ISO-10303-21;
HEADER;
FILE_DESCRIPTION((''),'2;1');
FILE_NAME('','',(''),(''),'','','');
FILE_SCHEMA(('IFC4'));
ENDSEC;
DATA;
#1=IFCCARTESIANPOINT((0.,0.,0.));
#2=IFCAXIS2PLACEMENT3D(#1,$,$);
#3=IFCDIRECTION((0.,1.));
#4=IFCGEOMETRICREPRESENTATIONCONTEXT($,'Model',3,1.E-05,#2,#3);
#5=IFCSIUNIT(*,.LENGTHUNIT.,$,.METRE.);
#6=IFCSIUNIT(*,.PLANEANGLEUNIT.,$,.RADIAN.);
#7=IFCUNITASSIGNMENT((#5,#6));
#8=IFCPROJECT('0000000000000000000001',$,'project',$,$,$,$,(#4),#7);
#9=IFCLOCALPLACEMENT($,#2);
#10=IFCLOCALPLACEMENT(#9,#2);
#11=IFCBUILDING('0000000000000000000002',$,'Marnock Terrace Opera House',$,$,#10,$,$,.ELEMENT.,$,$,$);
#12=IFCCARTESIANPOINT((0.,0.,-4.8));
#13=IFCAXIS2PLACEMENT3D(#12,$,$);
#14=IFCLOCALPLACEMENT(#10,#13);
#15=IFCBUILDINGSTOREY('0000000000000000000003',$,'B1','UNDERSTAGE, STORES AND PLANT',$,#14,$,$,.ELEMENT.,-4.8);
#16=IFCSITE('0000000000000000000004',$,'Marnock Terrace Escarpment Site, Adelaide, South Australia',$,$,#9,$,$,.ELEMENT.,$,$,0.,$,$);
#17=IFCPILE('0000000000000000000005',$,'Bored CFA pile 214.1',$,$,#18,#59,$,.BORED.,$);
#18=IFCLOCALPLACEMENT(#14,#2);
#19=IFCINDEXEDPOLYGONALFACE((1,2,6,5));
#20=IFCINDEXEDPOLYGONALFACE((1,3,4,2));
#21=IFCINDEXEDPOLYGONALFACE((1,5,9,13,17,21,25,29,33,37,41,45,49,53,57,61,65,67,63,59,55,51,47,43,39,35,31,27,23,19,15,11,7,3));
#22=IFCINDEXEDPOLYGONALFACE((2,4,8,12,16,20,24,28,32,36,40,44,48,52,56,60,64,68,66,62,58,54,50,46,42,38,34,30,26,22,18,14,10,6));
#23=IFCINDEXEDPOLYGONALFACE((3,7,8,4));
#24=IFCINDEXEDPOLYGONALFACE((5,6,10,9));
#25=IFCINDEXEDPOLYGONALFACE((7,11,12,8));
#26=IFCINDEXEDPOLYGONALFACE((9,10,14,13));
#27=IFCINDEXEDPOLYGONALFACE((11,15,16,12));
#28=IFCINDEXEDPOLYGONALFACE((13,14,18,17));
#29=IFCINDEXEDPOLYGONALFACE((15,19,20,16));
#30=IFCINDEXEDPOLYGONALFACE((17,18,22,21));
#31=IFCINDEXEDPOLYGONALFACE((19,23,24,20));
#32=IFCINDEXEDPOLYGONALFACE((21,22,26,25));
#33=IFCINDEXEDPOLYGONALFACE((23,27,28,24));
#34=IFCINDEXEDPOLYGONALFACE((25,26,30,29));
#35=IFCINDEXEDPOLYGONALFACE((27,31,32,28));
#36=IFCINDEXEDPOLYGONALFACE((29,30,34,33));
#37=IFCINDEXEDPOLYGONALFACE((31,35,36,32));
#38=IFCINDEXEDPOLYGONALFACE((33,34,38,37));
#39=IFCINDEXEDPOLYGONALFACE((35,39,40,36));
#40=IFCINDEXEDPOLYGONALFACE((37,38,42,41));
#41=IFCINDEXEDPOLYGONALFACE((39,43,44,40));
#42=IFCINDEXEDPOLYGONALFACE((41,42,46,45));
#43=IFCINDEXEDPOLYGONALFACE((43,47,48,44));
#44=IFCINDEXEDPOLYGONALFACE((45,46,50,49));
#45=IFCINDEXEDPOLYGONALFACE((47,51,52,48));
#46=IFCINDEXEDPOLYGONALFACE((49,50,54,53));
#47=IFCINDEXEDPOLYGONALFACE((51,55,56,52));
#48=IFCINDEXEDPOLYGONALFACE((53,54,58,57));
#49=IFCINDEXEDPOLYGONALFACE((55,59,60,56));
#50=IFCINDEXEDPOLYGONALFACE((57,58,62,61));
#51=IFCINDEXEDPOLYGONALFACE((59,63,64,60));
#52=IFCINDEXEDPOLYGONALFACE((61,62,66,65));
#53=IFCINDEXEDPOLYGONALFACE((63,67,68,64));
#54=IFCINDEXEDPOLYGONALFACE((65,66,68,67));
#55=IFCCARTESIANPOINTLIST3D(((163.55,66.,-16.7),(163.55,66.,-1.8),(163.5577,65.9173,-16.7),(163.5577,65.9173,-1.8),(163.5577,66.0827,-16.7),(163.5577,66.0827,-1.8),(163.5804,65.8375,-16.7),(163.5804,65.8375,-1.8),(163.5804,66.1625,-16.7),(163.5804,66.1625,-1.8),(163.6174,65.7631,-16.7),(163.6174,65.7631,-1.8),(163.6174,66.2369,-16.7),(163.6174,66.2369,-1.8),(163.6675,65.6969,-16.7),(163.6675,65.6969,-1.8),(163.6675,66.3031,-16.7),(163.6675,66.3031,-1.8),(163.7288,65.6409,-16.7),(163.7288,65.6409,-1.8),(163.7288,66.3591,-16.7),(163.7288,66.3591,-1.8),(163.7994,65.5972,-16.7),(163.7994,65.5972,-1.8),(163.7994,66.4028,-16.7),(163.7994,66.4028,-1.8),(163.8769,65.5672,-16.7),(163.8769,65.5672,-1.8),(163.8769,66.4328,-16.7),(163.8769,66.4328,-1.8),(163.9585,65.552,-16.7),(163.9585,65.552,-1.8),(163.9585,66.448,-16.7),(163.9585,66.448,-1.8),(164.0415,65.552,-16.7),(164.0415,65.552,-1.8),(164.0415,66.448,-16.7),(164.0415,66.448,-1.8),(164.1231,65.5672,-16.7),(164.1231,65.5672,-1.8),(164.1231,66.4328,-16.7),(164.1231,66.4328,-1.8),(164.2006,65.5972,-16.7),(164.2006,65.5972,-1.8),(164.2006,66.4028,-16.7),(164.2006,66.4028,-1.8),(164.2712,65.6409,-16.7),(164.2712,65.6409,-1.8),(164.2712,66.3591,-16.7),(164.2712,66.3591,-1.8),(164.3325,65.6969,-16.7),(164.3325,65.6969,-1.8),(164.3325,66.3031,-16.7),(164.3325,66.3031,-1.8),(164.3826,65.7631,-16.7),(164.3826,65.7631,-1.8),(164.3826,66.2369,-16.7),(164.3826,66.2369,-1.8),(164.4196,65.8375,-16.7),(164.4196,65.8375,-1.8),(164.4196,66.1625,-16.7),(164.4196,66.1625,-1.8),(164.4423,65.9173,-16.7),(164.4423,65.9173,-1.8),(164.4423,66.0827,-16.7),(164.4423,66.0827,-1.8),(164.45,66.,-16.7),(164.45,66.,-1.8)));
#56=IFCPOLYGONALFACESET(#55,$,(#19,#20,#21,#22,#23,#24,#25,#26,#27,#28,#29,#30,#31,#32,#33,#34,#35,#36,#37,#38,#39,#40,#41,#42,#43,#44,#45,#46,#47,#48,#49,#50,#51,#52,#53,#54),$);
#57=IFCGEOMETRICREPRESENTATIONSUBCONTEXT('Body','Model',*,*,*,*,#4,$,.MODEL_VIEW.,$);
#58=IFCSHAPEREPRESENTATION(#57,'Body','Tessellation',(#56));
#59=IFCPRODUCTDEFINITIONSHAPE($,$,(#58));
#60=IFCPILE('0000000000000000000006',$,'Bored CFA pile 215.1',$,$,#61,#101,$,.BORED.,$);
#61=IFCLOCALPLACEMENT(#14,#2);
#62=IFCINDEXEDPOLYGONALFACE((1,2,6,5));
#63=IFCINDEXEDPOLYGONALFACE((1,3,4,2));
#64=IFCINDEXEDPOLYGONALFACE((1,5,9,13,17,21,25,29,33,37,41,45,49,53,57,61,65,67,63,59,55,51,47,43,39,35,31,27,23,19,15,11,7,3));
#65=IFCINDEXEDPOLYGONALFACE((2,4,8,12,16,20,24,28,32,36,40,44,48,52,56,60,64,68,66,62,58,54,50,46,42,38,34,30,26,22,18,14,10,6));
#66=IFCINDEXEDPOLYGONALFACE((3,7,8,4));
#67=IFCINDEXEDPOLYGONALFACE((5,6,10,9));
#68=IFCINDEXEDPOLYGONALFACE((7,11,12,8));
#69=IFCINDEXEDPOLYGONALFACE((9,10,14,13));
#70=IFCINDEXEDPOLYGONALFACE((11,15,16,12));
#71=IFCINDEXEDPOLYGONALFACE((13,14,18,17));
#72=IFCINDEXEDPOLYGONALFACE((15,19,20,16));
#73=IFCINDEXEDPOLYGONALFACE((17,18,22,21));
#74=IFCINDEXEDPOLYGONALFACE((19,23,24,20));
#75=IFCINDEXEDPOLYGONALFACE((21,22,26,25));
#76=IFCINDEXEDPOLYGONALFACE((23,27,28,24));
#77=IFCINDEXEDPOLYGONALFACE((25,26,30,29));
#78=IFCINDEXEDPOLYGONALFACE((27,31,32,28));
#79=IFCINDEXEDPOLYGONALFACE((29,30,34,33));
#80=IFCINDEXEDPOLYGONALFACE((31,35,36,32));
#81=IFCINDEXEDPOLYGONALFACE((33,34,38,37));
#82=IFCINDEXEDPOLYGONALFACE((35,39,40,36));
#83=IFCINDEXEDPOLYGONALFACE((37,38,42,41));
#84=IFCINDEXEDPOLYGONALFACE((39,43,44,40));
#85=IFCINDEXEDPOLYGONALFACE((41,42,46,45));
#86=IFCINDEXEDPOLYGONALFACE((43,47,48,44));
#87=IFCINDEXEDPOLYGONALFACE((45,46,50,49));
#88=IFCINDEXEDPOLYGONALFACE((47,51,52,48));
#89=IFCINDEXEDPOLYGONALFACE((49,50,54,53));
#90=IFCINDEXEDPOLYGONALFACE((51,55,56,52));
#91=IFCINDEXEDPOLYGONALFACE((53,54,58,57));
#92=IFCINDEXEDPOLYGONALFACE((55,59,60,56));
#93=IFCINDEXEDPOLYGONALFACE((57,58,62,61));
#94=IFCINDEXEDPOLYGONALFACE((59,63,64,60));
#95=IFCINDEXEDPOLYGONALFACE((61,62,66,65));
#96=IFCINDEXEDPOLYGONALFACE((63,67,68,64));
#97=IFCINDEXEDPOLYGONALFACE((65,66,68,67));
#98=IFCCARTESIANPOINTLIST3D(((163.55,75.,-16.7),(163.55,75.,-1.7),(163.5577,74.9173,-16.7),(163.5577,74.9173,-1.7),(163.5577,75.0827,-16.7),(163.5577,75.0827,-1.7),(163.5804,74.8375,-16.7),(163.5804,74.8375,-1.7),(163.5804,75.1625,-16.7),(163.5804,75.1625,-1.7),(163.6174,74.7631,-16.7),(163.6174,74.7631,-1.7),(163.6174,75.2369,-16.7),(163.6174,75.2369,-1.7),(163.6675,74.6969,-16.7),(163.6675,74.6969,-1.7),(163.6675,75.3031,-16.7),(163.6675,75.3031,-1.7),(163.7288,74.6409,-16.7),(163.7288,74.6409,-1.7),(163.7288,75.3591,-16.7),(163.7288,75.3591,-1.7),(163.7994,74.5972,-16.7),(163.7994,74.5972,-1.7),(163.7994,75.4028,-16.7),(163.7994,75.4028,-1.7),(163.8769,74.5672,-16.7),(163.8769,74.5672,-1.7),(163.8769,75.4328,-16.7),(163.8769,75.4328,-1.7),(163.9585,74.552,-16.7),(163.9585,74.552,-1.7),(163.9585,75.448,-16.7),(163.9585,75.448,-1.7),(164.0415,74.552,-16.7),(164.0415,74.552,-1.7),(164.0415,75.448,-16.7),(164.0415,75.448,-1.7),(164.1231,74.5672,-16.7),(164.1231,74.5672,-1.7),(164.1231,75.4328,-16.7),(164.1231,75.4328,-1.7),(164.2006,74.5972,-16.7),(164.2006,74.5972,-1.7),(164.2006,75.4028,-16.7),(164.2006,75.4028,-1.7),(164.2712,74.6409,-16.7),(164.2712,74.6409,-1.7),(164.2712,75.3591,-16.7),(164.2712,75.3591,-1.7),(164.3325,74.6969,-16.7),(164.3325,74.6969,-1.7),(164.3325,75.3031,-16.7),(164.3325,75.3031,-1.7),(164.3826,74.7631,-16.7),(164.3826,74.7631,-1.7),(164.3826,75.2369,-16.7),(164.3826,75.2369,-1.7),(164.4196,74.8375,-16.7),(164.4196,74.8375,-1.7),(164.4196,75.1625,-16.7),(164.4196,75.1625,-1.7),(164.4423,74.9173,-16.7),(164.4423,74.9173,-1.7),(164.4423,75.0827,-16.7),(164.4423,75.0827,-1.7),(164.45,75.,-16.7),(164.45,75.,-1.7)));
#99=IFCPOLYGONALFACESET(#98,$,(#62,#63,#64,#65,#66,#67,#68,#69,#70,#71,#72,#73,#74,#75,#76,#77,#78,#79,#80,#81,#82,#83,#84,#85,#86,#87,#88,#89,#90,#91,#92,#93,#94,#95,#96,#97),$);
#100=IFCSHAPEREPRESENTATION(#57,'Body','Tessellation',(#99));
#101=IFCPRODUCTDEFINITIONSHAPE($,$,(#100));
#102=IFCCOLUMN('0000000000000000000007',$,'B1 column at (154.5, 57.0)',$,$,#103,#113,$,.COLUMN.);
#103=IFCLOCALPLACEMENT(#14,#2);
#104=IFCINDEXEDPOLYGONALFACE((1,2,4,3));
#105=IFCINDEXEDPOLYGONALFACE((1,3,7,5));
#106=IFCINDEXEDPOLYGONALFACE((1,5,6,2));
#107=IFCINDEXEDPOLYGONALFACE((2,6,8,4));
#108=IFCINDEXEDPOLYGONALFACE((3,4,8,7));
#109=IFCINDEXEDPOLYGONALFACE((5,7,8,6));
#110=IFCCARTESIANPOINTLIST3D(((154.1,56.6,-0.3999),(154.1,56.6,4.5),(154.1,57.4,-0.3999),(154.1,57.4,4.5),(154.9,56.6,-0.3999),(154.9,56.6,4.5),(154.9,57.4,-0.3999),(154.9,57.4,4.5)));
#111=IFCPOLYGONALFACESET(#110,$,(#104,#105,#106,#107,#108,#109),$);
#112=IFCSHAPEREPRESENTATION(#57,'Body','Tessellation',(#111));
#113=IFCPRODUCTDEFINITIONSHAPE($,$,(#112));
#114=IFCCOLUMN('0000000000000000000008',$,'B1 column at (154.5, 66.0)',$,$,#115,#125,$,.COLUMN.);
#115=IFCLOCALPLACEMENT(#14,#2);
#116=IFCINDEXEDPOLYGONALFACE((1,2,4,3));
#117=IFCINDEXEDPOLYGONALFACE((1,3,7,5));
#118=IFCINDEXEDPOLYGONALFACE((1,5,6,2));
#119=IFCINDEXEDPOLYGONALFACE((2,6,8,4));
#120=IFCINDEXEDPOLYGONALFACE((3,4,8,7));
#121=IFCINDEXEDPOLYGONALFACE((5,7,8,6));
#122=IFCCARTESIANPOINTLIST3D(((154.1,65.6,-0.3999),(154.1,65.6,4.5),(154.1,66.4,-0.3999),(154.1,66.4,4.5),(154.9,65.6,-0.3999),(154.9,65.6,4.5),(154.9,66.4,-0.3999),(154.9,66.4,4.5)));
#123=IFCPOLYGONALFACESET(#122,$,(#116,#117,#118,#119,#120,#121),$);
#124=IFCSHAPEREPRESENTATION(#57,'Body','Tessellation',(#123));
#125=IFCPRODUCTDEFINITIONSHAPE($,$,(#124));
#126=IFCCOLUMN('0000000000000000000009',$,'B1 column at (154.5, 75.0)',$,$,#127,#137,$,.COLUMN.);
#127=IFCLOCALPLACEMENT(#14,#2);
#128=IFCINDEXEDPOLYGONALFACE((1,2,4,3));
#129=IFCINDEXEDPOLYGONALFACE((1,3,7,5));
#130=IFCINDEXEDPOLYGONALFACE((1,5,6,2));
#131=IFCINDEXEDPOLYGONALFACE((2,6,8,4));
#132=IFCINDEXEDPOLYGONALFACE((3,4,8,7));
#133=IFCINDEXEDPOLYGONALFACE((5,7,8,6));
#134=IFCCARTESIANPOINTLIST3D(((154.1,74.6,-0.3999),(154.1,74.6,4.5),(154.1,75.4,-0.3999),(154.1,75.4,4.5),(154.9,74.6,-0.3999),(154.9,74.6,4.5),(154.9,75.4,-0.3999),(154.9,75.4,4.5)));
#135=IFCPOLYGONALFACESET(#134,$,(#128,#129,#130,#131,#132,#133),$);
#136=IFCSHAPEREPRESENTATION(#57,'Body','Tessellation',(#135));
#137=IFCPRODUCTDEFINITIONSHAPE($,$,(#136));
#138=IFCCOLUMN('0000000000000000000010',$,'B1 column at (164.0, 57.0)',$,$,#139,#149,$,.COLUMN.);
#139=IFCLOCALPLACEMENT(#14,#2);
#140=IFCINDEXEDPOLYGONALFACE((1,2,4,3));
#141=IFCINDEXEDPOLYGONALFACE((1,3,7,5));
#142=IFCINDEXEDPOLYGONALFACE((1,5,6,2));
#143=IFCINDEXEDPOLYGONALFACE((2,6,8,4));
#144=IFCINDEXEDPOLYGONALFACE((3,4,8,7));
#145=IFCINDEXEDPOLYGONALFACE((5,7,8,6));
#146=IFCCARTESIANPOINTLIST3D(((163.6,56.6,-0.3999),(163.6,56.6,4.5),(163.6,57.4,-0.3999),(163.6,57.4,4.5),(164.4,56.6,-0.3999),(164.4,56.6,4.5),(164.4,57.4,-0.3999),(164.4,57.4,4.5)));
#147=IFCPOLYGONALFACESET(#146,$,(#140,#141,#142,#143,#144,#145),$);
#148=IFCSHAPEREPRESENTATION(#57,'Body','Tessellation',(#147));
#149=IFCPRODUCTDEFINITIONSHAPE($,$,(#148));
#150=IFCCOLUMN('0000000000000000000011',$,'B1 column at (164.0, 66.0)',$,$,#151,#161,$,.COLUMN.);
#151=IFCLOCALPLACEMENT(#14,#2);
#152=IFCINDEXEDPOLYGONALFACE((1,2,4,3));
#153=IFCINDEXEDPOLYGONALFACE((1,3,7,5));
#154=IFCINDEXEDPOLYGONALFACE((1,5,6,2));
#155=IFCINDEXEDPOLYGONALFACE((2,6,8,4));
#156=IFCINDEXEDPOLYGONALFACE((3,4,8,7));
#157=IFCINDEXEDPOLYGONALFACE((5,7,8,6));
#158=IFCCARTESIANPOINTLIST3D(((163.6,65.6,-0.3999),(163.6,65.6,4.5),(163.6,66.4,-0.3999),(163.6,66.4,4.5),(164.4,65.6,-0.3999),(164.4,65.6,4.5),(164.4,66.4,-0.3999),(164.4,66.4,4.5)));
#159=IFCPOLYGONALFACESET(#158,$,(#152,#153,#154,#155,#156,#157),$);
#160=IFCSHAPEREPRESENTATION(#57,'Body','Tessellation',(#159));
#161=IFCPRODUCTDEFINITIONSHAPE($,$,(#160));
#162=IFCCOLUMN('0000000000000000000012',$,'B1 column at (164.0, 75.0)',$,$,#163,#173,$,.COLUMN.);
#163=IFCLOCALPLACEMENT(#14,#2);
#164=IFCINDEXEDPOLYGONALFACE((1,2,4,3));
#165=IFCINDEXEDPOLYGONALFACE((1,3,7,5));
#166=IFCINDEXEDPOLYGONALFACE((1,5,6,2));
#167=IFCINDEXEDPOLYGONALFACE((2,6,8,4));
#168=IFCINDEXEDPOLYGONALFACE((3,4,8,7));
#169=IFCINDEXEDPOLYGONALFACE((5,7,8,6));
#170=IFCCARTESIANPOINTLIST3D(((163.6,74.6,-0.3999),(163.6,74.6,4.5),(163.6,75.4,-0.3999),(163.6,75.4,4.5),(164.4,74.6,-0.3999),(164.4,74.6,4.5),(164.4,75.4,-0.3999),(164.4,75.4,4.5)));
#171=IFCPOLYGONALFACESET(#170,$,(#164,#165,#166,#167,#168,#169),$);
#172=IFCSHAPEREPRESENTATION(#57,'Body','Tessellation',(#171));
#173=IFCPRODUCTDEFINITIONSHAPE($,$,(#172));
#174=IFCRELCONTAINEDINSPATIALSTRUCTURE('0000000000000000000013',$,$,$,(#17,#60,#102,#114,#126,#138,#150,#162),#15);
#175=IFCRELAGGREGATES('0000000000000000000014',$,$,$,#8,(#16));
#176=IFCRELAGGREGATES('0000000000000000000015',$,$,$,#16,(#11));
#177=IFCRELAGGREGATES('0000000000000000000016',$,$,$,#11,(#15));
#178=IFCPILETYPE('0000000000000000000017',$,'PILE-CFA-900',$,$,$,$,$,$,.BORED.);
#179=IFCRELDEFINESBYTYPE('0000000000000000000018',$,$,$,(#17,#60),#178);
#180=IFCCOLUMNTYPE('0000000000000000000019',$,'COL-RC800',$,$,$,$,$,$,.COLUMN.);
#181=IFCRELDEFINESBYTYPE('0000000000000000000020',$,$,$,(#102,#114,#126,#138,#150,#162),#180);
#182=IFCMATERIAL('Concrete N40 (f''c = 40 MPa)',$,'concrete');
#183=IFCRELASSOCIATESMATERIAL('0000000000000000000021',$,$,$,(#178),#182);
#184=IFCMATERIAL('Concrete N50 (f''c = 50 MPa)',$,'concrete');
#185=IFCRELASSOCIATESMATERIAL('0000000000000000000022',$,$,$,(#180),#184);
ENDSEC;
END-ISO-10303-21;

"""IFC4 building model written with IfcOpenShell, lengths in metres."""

from ifc_helpers import new_model, si_unit, direction, frame, origin, origin_2d, place, context, subcontext, project, spatial, rectangle, circle, extrude, material, material_profile, profile_set, type_object, element, save


model = new_model("IFC4")

# Units and contexts
model_context = context("Model", 3, precision=1e-05, world=origin(), true_north=direction((0.0, 1.0)))
body_context = subcontext(model_context, "Body", "Model", "MODEL_VIEW")
ifc_project = project(units=[si_unit("LENGTHUNIT", "METRE"), si_unit("PLANEANGLEUNIT", "RADIAN")], contexts=[model_context])

# Site, building, storey
site_placement = place(None, origin())
site = spatial("IfcSite", under=ifc_project, at=site_placement, Name="Marnock Terrace Escarpment Site, Adelaide, South Australia", CompositionType="ELEMENT", RefElevation=0.0)
building_placement = place(site_placement, origin())
building = spatial("IfcBuilding", under=site, at=building_placement, Name="Marnock Terrace Opera House", CompositionType="ELEMENT")
storey_placement = place(building_placement, frame((0.0, 0.0, -4.8)))
storey = spatial("IfcBuildingStorey", under=building, at=storey_placement, Name="B1", Description="UNDERSTAGE, STORES AND PLANT", CompositionType="ELEMENT", Elevation=-4.8)

# Shared definitions
ifc_material_1 = material(Name="Concrete N40 (f'c = 40 MPa)", Category="concrete")

# Piles
ifc_material_profile_1 = material_profile(ifc_material_1, circle(Radius=0.45, at=origin_2d()))
ifc_profile_set_1 = profile_set([ifc_material_profile_1], Name="Concrete N40 (f'c = 40 MPa)")
pile_type = type_object("IfcPileType", Name="PILE-CFA-900", PredefinedType="BORED", material=ifc_profile_set_1)
pile_1_placement = place(storey_placement, frame((164.0, 66.0, -1.8), z_axis=(0.0, 0.0, -1.0), x_axis=(1.0, 0.0, 0.0)))
element("IfcPile", 1, at=pile_1_placement, inside=storey, type_object=pile_type, Name="Bored CFA pile 214.1", PredefinedType="BORED", context=body_context, shape_type="SweptSolid", body=[
    extrude(circle(Radius=0.45, at=origin_2d()), origin(), (0.0, 0.0, 1.0), 14.8999),
])
pile_2_placement = place(storey_placement, frame((164.0, 75.0, -1.7), z_axis=(0.0, 0.0, -1.0), x_axis=(1.0, 0.0, 0.0)))
element("IfcPile", 2, at=pile_2_placement, inside=storey, type_object=pile_type, Name="Bored CFA pile 215.1", PredefinedType="BORED", context=body_context, shape_type="SweptSolid", body=[
    extrude(circle(Radius=0.45, at=origin_2d()), origin(), (0.0, 0.0, 1.0), 15.0),
])

# Columns
ifc_material_2 = material(Name="Concrete N50 (f'c = 50 MPa)", Category="concrete")
ifc_material_profile_2 = material_profile(ifc_material_2, rectangle(XDim=0.8, YDim=0.8, at=origin_2d()))
ifc_profile_set_2 = profile_set([ifc_material_profile_2], Name="Concrete N50 (f'c = 50 MPa)")
column_type = type_object("IfcColumnType", Name="COL-RC800", PredefinedType="COLUMN", material=ifc_profile_set_2)
for number, where, z_axis, x_axis, name in (
    (3, (154.5, 57.0, -0.3999), (0.0, 0.0, 1.0), (1.0, 0.0, 0.0), "B1 column at (154.5, 57.0)"),
    (4, (154.5, 66.0, -0.3999), (0.0, 0.0, 1.0), (1.0, 0.0, 0.0), "B1 column at (154.5, 66.0)"),
    (5, (154.5, 75.0, -0.3999), (0.0, 0.0, 1.0), (1.0, 0.0, 0.0), "B1 column at (154.5, 75.0)"),
    (6, (164.0, 57.0, -0.3999), (0.0, 0.0, 1.0), (1.0, 0.0, 0.0), "B1 column at (164.0, 57.0)"),
    (7, (164.0, 66.0, -0.3999), (0.0, 0.0, 1.0), (1.0, 0.0, 0.0), "B1 column at (164.0, 66.0)"),
    (8, (164.0, 75.0, -0.3999), (0.0, 0.0, 1.0), (1.0, 0.0, 0.0), "B1 column at (164.0, 75.0)"),
):
    element("IfcColumn", number, at=place(storey_placement, frame(where, z_axis=z_axis, x_axis=x_axis)), inside=storey, type_object=column_type, Name=name, PredefinedType="COLUMN", context=body_context, shape_type="SweptSolid", body=[
        extrude(rectangle(XDim=0.8, YDim=0.8, at=origin_2d()), origin(), (0.0, 0.0, 1.0), 4.8999),
    ])

save(model, "model.ifc")
